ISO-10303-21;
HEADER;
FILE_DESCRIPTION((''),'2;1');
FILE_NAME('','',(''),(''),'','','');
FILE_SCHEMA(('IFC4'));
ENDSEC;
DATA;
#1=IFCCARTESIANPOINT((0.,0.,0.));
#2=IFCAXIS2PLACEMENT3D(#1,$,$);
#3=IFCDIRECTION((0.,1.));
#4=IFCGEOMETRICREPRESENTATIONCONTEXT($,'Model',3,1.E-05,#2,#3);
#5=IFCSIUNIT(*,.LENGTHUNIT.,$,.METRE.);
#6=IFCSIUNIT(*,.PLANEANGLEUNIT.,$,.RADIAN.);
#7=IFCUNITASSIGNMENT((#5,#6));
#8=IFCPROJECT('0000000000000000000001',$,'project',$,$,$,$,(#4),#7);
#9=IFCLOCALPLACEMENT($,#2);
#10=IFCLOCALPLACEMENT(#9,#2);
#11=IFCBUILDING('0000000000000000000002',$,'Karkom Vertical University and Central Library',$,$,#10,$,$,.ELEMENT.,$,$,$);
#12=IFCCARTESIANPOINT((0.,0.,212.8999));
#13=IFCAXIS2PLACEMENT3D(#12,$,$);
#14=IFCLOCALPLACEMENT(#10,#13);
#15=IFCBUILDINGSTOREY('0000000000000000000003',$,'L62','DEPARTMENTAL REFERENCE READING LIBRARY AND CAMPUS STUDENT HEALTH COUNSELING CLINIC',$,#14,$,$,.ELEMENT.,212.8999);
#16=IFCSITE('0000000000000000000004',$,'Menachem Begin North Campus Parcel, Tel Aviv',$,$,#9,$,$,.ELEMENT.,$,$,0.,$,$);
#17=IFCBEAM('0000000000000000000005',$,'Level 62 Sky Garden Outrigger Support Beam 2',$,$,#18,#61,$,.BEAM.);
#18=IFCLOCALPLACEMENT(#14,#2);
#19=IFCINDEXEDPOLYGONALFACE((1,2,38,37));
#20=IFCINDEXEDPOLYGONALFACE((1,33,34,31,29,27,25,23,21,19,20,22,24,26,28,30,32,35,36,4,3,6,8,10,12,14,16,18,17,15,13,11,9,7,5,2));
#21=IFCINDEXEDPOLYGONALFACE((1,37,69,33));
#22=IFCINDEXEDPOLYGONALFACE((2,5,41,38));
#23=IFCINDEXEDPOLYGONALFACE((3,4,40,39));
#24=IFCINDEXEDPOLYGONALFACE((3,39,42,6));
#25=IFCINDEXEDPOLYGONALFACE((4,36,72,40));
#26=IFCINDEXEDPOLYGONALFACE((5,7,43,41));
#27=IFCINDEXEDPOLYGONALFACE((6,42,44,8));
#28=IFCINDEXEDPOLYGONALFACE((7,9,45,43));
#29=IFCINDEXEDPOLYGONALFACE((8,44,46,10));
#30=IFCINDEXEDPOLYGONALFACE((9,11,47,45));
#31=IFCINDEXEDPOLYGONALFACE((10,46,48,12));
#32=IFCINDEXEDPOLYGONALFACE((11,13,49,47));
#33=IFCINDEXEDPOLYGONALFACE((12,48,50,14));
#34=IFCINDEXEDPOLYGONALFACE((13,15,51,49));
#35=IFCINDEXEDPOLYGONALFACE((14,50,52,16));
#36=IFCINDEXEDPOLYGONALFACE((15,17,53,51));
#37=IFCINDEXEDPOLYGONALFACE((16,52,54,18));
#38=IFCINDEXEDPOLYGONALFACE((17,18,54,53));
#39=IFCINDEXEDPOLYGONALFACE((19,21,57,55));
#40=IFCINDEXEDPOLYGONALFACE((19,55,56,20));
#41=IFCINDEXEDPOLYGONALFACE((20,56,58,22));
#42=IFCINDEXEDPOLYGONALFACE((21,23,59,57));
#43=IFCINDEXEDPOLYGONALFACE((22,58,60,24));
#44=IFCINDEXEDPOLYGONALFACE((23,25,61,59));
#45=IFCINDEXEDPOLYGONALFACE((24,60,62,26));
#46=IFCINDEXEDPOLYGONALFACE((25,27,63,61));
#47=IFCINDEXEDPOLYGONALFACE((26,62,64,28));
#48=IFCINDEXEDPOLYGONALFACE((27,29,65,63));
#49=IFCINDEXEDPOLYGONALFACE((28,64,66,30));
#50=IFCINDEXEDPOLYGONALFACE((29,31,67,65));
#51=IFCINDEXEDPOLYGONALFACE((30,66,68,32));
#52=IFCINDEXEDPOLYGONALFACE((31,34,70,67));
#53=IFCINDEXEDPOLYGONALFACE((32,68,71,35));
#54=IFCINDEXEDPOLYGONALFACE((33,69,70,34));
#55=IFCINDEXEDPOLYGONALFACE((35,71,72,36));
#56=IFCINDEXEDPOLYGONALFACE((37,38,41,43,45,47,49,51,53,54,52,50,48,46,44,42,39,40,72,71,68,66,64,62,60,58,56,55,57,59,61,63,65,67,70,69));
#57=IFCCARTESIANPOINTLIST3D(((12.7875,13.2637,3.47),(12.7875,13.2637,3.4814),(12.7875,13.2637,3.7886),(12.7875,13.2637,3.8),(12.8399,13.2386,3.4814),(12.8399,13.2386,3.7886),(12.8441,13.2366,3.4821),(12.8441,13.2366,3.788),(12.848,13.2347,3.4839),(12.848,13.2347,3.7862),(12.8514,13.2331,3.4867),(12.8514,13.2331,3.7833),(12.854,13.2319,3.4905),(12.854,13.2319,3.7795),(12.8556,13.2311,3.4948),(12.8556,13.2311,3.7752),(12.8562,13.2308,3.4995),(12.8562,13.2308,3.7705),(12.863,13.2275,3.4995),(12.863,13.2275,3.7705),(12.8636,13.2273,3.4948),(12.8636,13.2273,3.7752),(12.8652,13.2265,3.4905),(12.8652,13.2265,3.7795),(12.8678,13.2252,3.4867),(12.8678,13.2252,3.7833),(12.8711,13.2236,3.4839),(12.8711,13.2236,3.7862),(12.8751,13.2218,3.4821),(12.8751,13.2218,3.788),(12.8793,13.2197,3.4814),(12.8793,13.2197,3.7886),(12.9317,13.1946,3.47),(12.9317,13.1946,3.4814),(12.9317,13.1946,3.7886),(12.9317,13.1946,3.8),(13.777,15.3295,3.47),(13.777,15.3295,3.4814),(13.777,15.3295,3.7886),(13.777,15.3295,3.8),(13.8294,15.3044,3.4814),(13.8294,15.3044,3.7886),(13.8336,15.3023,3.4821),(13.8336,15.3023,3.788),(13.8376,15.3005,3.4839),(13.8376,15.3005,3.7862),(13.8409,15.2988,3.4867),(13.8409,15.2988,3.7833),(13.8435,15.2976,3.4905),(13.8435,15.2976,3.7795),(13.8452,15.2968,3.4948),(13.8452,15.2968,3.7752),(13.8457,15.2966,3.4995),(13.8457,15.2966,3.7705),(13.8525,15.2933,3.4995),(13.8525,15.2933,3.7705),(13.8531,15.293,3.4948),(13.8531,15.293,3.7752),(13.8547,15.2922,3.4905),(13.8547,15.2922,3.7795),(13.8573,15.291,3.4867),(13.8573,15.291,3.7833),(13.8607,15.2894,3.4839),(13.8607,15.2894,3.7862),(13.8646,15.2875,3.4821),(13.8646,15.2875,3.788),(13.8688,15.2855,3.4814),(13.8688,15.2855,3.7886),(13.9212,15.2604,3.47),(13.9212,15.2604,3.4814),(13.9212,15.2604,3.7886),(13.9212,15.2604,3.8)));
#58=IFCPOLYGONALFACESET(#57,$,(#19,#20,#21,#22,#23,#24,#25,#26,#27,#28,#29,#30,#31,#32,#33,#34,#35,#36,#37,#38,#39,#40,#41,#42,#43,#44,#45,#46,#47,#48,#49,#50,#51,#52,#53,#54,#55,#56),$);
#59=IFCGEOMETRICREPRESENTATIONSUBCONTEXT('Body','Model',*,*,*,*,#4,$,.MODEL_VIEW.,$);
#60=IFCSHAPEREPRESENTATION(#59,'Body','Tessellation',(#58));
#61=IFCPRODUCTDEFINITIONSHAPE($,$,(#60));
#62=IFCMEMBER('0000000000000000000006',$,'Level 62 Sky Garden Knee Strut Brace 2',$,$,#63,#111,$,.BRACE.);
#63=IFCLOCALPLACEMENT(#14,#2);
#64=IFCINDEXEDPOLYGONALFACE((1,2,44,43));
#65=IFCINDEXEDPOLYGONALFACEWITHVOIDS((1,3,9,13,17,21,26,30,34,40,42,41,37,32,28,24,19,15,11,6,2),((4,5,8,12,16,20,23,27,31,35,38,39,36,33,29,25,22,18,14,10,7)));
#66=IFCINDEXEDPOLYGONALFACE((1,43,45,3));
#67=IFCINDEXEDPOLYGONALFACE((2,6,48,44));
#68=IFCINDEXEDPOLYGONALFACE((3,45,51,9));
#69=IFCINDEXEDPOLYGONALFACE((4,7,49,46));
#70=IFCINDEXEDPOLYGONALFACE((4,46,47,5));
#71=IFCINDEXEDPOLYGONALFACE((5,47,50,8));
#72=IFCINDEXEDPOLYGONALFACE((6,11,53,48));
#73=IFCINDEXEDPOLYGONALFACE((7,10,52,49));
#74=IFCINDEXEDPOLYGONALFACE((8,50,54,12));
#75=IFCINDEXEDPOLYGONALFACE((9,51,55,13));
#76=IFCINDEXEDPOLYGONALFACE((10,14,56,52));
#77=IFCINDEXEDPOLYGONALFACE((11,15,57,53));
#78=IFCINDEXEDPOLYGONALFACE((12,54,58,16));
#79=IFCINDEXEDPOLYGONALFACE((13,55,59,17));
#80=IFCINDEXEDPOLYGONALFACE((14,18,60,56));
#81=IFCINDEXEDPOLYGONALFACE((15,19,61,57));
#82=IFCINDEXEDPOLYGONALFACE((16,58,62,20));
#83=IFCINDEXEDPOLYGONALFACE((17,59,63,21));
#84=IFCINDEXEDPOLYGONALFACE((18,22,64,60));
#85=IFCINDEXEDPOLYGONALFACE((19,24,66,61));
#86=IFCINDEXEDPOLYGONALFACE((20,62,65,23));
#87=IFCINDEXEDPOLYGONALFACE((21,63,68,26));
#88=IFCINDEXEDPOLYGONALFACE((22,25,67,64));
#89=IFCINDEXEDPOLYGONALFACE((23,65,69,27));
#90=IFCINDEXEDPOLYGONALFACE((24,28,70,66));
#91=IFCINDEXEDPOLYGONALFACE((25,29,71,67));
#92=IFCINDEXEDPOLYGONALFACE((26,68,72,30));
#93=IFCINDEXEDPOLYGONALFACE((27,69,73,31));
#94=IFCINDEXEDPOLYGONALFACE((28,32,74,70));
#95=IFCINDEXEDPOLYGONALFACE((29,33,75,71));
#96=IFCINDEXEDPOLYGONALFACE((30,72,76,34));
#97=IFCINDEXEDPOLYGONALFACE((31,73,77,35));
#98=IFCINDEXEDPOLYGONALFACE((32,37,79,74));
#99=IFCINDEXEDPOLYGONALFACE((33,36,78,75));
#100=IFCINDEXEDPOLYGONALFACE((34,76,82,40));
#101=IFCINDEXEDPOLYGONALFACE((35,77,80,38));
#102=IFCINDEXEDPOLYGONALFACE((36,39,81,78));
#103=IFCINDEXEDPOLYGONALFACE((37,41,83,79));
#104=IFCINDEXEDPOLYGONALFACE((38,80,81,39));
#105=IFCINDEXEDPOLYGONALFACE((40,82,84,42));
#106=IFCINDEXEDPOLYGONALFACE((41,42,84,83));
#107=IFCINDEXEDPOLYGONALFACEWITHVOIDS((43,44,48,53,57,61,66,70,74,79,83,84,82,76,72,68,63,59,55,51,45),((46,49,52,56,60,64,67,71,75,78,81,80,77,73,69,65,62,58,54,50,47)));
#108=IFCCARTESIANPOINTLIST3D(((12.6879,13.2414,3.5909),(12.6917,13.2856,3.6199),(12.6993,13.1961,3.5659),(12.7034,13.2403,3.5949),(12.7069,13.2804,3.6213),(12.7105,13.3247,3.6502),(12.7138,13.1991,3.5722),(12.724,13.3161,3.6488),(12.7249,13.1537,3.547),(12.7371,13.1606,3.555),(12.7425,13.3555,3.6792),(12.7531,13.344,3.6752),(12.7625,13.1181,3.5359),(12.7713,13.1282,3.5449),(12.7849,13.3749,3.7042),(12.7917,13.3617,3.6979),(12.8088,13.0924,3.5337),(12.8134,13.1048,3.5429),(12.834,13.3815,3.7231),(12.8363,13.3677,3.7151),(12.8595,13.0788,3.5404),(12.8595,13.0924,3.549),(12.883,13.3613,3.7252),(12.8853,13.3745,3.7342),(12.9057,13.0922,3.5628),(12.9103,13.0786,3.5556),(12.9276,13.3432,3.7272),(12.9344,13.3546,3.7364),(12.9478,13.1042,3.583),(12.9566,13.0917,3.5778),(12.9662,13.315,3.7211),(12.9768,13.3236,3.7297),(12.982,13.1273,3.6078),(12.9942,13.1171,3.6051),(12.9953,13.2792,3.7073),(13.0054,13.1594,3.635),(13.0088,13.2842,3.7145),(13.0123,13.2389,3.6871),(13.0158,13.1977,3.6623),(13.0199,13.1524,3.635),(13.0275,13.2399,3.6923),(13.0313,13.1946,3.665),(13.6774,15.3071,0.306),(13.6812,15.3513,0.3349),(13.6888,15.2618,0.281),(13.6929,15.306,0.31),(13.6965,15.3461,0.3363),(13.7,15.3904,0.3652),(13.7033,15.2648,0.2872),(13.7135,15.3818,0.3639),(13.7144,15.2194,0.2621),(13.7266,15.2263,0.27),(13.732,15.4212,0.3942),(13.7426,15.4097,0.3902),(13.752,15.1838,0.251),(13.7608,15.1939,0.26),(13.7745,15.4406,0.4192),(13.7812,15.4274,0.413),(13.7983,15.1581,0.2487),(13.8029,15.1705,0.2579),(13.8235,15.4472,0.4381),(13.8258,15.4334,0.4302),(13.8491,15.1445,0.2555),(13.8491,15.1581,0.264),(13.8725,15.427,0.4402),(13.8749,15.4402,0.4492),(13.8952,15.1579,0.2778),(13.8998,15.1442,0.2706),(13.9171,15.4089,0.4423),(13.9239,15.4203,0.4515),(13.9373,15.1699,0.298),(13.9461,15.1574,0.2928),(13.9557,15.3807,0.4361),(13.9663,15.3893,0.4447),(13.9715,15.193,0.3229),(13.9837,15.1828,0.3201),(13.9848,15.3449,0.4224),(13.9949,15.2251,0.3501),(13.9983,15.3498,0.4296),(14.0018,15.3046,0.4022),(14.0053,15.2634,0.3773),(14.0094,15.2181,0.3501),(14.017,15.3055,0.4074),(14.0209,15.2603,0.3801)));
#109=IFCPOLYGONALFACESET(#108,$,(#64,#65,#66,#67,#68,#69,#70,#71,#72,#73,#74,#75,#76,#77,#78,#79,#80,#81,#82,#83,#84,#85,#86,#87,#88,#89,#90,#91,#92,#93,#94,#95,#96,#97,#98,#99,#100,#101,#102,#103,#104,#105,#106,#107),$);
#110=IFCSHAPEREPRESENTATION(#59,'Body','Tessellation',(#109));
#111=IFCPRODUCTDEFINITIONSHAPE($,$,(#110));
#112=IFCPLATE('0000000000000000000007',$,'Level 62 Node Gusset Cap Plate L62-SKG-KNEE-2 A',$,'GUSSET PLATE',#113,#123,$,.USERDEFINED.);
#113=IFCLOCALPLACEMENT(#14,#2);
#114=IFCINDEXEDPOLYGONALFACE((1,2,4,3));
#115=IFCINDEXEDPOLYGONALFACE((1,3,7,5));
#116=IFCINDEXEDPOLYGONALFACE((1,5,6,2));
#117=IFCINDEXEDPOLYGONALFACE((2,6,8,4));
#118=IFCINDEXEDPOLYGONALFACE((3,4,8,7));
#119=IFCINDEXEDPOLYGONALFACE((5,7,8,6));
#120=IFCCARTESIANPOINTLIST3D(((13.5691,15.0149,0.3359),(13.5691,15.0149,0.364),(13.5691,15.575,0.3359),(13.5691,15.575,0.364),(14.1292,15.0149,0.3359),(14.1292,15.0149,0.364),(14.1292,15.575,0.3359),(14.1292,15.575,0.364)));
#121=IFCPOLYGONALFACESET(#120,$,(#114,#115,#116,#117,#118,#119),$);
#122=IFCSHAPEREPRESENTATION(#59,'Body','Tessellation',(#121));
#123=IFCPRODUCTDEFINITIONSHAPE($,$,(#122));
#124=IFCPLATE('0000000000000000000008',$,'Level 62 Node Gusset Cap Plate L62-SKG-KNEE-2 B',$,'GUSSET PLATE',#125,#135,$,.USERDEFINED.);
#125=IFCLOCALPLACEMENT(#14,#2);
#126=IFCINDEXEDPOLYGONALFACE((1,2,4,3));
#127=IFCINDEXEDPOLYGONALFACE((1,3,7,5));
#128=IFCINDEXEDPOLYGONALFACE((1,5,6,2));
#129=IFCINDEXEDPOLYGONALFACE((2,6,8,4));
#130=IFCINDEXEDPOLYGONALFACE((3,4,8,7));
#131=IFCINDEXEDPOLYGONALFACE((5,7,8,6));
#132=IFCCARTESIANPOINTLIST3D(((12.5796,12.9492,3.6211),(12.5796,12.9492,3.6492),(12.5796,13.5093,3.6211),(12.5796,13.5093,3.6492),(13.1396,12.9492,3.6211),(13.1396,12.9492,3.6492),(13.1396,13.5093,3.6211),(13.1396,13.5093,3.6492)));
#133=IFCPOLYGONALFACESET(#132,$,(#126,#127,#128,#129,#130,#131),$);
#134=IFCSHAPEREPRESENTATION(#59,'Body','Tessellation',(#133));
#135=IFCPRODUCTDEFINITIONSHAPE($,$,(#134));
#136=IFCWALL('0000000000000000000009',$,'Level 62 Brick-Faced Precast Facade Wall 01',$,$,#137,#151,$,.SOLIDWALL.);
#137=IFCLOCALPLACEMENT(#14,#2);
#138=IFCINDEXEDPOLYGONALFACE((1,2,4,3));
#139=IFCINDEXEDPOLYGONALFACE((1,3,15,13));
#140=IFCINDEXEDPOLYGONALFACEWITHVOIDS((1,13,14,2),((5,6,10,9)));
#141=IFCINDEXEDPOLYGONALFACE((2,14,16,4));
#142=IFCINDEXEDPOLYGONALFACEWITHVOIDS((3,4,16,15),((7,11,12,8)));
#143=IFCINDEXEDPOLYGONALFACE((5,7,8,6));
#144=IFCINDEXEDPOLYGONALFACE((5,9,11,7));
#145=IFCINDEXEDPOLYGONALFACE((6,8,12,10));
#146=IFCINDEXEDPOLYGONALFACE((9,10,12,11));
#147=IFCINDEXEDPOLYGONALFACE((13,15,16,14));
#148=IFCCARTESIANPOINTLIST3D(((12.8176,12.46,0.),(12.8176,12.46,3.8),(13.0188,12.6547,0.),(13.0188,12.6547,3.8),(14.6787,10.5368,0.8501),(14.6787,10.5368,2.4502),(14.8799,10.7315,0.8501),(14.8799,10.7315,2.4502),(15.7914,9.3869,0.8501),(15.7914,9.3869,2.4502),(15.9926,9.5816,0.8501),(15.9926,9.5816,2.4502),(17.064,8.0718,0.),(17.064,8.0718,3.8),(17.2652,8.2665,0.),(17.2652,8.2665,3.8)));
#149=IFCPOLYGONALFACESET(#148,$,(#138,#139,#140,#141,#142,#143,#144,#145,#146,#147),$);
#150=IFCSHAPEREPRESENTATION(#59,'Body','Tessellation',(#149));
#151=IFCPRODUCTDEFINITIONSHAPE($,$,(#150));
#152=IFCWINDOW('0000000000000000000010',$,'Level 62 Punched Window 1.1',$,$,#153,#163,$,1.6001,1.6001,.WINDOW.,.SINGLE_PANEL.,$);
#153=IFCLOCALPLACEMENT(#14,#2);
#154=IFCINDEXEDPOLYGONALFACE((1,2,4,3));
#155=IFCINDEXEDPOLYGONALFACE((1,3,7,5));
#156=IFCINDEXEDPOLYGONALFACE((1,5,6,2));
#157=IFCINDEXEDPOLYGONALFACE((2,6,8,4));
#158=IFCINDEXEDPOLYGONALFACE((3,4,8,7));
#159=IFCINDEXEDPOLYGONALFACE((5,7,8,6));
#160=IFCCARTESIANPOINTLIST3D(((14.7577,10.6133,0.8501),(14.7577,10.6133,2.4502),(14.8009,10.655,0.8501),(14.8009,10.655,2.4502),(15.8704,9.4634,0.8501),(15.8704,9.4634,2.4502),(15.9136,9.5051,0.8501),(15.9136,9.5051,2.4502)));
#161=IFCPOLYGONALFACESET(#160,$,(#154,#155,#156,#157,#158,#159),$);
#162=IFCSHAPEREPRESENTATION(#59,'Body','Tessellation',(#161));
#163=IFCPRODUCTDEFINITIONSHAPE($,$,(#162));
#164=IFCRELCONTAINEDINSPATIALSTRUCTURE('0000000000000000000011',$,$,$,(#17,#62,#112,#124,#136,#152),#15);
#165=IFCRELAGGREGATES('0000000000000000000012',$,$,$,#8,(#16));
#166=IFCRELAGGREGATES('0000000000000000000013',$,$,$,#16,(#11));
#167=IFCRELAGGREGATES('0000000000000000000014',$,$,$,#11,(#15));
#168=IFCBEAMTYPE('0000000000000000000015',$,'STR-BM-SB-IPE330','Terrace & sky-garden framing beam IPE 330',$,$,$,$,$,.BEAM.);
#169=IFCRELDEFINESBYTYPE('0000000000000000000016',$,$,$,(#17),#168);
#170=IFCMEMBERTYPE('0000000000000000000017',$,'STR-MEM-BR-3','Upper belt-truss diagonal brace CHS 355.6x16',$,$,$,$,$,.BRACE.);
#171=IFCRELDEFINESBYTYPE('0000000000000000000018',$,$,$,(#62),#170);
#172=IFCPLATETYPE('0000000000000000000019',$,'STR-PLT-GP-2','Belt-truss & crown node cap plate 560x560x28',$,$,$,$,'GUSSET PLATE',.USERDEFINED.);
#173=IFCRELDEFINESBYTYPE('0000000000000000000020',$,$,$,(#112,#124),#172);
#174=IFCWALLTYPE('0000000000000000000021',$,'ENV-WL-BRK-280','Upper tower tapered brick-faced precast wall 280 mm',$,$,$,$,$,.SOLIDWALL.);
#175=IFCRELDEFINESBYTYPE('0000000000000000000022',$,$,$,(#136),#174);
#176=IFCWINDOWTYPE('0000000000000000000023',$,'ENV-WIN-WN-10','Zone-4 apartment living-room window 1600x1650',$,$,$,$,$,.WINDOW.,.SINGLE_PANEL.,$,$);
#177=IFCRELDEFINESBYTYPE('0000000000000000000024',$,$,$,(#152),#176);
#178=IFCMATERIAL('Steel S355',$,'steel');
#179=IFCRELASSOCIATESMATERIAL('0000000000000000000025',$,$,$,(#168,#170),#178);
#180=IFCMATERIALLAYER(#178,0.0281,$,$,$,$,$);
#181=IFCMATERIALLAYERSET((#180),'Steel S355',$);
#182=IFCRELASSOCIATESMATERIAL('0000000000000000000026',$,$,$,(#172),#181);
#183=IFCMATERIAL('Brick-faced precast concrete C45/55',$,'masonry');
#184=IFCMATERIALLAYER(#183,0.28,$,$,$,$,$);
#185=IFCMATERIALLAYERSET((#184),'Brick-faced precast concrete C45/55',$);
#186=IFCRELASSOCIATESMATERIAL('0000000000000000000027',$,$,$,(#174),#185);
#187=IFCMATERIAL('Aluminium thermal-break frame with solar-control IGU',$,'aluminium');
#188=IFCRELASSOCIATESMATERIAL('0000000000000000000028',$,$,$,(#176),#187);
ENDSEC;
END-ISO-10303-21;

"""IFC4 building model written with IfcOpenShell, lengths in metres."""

from ifc_helpers import new_model, si_unit, direction, frame, frame_2d, origin, origin_with_axes, origin_2d, place, context, subcontext, project, spatial, rectangle, hollow_circle, i_section, extrude, source, transform, mapped, material, layer, layer_set, material_profile, profile_set, type_object, element, fill, save


model = new_model("IFC4")

# Units and contexts
model_context = context("Model", 3, precision=1e-05, world=origin(), true_north=direction((0.0, 1.0)))
body_context = subcontext(model_context, "Body", "Model", "MODEL_VIEW")
ifc_project = project(units=[si_unit("LENGTHUNIT", "METRE"), si_unit("PLANEANGLEUNIT", "RADIAN")], contexts=[model_context])

# Site, building, storey
site_placement = place(None, origin())
site = spatial("IfcSite", under=ifc_project, at=site_placement, Name="Menachem Begin North Campus Parcel, Tel Aviv", CompositionType="ELEMENT", RefElevation=0.0)
building_placement = place(site_placement, origin())
building = spatial("IfcBuilding", under=site, at=building_placement, Name="Karkom Vertical University and Central Library", CompositionType="ELEMENT")
storey_placement = place(building_placement, frame((0.0, 0.0, 212.8999)))
storey = spatial("IfcBuildingStorey", under=building, at=storey_placement, Name="L62", Description="DEPARTMENTAL REFERENCE READING LIBRARY AND CAMPUS STUDENT HEALTH COUNSELING CLINIC", CompositionType="ELEMENT", Elevation=212.8999)

# Beam
ifc_material_1 = material(Name="Steel S355", Category="steel")
ifc_material_profile_1 = material_profile(ifc_material_1, i_section(OverallWidth=0.1599, OverallDepth=0.3301, WebThickness=0.0076, FlangeThickness=0.0115, FilletRadius=0.0181, at=origin_2d()), Name="IPE 330")
ifc_profile_set_1 = profile_set([ifc_material_profile_1], Name="Steel S355")
beam_type_1 = type_object("IfcBeamType", Name="STR-BM-SB-IPE330", Description="Terrace & sky-garden framing beam IPE 330", PredefinedType="BEAM", material=ifc_profile_set_1)
shared_shape_1 = source(origin_with_axes(), body_context, "Body", "SweptSolid", [
    extrude(i_section(OverallWidth=0.1599, OverallDepth=0.3301, WebThickness=0.0076, FlangeThickness=0.0115, FilletRadius=0.0181, at=origin_2d()), origin(), (0.0, 0.0, 1.0), 2.2905),
])
beam_1_placement = place(storey_placement, frame((13.8491, 15.2949, 3.635), z_axis=(-0.432014, -0.901867, 0.0), x_axis=(0.901867, -0.432014, 0.0)))
element("IfcBeam", 1, at=beam_1_placement, inside=storey, type_object=beam_type_1, Name="Level 62 Sky Garden Outrigger Support Beam 2", PredefinedType="BEAM", context=body_context, shape_type="MappedRepresentation", body=[
    mapped(shared_shape_1, transform((0.0, 0.0, 0.0), scale=1.0)),
])

# Member
ifc_material_profile_2 = material_profile(ifc_material_1, hollow_circle(Radius=0.1777, WallThickness=0.0161, at=origin_2d()), Name="CHS 355.6x16")
ifc_profile_set_2 = profile_set([ifc_material_profile_2], Name="Steel S355")
member_type = type_object("IfcMemberType", Name="STR-MEM-BR-3", Description="Upper belt-truss diagonal brace CHS 355.6x16", PredefinedType="BRACE", material=ifc_profile_set_2)
shared_shape_2 = source(origin_with_axes(), body_context, "Body", "SweptSolid", [
    extrude(hollow_circle(Radius=0.1777, WallThickness=0.0161, at=origin_2d()), origin(), (0.0, 0.0, 1.0), 4.0046),
])
member_placement = place(storey_placement, frame((13.8491, 15.2949, 0.3501), z_axis=(-0.247092, -0.515826, 0.820286), x_axis=(0.901867, -0.432014, 0.0)))
element("IfcMember", 2, at=member_placement, inside=storey, type_object=member_type, Name="Level 62 Sky Garden Knee Strut Brace 2", PredefinedType="BRACE", context=body_context, shape_type="MappedRepresentation", body=[
    mapped(shared_shape_2, transform((0.0, 0.0, 0.0), scale=1.0)),
])

# Plates
ifc_layer_1 = layer(ifc_material_1, 0.0281)
ifc_layer_set_1 = layer_set([ifc_layer_1], Name="Steel S355")
plate_type = type_object("IfcPlateType", Name="STR-PLT-GP-2", Description="Belt-truss & crown node cap plate 560x560x28", ElementType="GUSSET PLATE", PredefinedType="USERDEFINED", material=ifc_layer_set_1)
shared_shape_3 = source(origin_with_axes(), body_context, "Body", "SweptSolid", [
    extrude(rectangle(XDim=0.5601, YDim=0.5601, at=origin_2d()), origin(), (0.0, 0.0, 1.0), 0.0281),
])
for number, where, z_axis, x_axis, name in (
    (3, (13.8491, 15.2949, 0.3359), (0.0, 0.0, 1.0), (1.0, 0.0, 0.0), "Level 62 Node Gusset Cap Plate L62-SKG-KNEE-2 A"),
    (4, (12.8596, 13.2292, 3.6211), (0.0, 0.0, 1.0), (1.0, 0.0, 0.0), "Level 62 Node Gusset Cap Plate L62-SKG-KNEE-2 B"),
):
    element("IfcPlate", number, at=place(storey_placement, frame(where, z_axis=z_axis, x_axis=x_axis)), inside=storey, type_object=plate_type, Name=name, ObjectType="GUSSET PLATE", PredefinedType="USERDEFINED", context=body_context, shape_type="MappedRepresentation", body=[
        mapped(shared_shape_3, transform((0.0, 0.0, 0.0), scale=1.0)),
    ])

# Wall, opening, window
ifc_material_2 = material(Name="Brick-faced precast concrete C45/55", Category="masonry")
ifc_layer_2 = layer(ifc_material_2, 0.28)
ifc_layer_set_2 = layer_set([ifc_layer_2], Name="Brick-faced precast concrete C45/55")
wall_type_1 = type_object("IfcWallType", Name="ENV-WL-BRK-280", Description="Upper tower tapered brick-faced precast wall 280 mm", PredefinedType="SOLIDWALL", material=ifc_layer_set_2)
wall_1_placement = place(storey_placement, frame((12.9182, 12.5574, 0.0), z_axis=(0.0, 0.0, 1.0), x_axis=(0.695397, -0.718626, 0.0)))
wall_1 = element("IfcWall", 5, at=wall_1_placement, inside=storey, type_object=wall_type_1, Name="Level 62 Brick-Faced Precast Facade Wall 01", PredefinedType="SOLIDWALL", context=body_context, shape_type="SweptSolid", body=[
    extrude(rectangle(XDim=6.1064, YDim=0.28, at=frame_2d((3.0532, 0.0))), origin(), (0.0, 0.0, 1.0), 3.8),
])
opening_1_placement = place(wall_1_placement, frame((2.6763, 0.0, 0.8501)))
opening_1 = element("IfcOpeningElement", 6, at=opening_1_placement, cuts=wall_1, PredefinedType="OPENING", context=body_context, shape_type="SweptSolid", body=[
    extrude(rectangle(XDim=1.6001, YDim=1.6001, at=frame_2d((0.8, 0.8))), frame((0.0, 0.1499, 0.0), z_axis=(0.0, -1.0, 0.0), x_axis=(1.0, 0.0, 0.0)), (0.0, 0.0, 1.0), 0.3),
])
ifc_material_3 = material(Name="Aluminium thermal-break frame with solar-control IGU", Category="aluminium")
window_type = type_object("IfcWindowType", Name="ENV-WIN-WN-10", Description="Zone-4 apartment living-room window 1600x1650", PartitioningType="SINGLE_PANEL", PredefinedType="WINDOW", material=ifc_material_3)
shared_shape_4 = source(origin_with_axes(), body_context, "Body", "SweptSolid", [
    extrude(rectangle(XDim=1.6001, YDim=1.6001, at=frame_2d((0.8, 0.8))), frame((0.0, 0.03, 0.0), z_axis=(0.0, -1.0, 0.0), x_axis=(1.0, 0.0, 0.0)), (0.0, 0.0, 1.0), 0.0601),
])
window_placement = place(opening_1_placement, origin())
window = element("IfcWindow", 7, at=window_placement, inside=storey, type_object=window_type, Name="Level 62 Punched Window 1.1", OverallHeight=1.6001, OverallWidth=1.6001, PartitioningType="SINGLE_PANEL", PredefinedType="WINDOW", context=body_context, shape_type="MappedRepresentation", body=[
    mapped(shared_shape_4, transform((0.0, 0.0, 0.0), scale=1.0)),
])
fill(opening_1, window)

save(model, "model.ifc")
